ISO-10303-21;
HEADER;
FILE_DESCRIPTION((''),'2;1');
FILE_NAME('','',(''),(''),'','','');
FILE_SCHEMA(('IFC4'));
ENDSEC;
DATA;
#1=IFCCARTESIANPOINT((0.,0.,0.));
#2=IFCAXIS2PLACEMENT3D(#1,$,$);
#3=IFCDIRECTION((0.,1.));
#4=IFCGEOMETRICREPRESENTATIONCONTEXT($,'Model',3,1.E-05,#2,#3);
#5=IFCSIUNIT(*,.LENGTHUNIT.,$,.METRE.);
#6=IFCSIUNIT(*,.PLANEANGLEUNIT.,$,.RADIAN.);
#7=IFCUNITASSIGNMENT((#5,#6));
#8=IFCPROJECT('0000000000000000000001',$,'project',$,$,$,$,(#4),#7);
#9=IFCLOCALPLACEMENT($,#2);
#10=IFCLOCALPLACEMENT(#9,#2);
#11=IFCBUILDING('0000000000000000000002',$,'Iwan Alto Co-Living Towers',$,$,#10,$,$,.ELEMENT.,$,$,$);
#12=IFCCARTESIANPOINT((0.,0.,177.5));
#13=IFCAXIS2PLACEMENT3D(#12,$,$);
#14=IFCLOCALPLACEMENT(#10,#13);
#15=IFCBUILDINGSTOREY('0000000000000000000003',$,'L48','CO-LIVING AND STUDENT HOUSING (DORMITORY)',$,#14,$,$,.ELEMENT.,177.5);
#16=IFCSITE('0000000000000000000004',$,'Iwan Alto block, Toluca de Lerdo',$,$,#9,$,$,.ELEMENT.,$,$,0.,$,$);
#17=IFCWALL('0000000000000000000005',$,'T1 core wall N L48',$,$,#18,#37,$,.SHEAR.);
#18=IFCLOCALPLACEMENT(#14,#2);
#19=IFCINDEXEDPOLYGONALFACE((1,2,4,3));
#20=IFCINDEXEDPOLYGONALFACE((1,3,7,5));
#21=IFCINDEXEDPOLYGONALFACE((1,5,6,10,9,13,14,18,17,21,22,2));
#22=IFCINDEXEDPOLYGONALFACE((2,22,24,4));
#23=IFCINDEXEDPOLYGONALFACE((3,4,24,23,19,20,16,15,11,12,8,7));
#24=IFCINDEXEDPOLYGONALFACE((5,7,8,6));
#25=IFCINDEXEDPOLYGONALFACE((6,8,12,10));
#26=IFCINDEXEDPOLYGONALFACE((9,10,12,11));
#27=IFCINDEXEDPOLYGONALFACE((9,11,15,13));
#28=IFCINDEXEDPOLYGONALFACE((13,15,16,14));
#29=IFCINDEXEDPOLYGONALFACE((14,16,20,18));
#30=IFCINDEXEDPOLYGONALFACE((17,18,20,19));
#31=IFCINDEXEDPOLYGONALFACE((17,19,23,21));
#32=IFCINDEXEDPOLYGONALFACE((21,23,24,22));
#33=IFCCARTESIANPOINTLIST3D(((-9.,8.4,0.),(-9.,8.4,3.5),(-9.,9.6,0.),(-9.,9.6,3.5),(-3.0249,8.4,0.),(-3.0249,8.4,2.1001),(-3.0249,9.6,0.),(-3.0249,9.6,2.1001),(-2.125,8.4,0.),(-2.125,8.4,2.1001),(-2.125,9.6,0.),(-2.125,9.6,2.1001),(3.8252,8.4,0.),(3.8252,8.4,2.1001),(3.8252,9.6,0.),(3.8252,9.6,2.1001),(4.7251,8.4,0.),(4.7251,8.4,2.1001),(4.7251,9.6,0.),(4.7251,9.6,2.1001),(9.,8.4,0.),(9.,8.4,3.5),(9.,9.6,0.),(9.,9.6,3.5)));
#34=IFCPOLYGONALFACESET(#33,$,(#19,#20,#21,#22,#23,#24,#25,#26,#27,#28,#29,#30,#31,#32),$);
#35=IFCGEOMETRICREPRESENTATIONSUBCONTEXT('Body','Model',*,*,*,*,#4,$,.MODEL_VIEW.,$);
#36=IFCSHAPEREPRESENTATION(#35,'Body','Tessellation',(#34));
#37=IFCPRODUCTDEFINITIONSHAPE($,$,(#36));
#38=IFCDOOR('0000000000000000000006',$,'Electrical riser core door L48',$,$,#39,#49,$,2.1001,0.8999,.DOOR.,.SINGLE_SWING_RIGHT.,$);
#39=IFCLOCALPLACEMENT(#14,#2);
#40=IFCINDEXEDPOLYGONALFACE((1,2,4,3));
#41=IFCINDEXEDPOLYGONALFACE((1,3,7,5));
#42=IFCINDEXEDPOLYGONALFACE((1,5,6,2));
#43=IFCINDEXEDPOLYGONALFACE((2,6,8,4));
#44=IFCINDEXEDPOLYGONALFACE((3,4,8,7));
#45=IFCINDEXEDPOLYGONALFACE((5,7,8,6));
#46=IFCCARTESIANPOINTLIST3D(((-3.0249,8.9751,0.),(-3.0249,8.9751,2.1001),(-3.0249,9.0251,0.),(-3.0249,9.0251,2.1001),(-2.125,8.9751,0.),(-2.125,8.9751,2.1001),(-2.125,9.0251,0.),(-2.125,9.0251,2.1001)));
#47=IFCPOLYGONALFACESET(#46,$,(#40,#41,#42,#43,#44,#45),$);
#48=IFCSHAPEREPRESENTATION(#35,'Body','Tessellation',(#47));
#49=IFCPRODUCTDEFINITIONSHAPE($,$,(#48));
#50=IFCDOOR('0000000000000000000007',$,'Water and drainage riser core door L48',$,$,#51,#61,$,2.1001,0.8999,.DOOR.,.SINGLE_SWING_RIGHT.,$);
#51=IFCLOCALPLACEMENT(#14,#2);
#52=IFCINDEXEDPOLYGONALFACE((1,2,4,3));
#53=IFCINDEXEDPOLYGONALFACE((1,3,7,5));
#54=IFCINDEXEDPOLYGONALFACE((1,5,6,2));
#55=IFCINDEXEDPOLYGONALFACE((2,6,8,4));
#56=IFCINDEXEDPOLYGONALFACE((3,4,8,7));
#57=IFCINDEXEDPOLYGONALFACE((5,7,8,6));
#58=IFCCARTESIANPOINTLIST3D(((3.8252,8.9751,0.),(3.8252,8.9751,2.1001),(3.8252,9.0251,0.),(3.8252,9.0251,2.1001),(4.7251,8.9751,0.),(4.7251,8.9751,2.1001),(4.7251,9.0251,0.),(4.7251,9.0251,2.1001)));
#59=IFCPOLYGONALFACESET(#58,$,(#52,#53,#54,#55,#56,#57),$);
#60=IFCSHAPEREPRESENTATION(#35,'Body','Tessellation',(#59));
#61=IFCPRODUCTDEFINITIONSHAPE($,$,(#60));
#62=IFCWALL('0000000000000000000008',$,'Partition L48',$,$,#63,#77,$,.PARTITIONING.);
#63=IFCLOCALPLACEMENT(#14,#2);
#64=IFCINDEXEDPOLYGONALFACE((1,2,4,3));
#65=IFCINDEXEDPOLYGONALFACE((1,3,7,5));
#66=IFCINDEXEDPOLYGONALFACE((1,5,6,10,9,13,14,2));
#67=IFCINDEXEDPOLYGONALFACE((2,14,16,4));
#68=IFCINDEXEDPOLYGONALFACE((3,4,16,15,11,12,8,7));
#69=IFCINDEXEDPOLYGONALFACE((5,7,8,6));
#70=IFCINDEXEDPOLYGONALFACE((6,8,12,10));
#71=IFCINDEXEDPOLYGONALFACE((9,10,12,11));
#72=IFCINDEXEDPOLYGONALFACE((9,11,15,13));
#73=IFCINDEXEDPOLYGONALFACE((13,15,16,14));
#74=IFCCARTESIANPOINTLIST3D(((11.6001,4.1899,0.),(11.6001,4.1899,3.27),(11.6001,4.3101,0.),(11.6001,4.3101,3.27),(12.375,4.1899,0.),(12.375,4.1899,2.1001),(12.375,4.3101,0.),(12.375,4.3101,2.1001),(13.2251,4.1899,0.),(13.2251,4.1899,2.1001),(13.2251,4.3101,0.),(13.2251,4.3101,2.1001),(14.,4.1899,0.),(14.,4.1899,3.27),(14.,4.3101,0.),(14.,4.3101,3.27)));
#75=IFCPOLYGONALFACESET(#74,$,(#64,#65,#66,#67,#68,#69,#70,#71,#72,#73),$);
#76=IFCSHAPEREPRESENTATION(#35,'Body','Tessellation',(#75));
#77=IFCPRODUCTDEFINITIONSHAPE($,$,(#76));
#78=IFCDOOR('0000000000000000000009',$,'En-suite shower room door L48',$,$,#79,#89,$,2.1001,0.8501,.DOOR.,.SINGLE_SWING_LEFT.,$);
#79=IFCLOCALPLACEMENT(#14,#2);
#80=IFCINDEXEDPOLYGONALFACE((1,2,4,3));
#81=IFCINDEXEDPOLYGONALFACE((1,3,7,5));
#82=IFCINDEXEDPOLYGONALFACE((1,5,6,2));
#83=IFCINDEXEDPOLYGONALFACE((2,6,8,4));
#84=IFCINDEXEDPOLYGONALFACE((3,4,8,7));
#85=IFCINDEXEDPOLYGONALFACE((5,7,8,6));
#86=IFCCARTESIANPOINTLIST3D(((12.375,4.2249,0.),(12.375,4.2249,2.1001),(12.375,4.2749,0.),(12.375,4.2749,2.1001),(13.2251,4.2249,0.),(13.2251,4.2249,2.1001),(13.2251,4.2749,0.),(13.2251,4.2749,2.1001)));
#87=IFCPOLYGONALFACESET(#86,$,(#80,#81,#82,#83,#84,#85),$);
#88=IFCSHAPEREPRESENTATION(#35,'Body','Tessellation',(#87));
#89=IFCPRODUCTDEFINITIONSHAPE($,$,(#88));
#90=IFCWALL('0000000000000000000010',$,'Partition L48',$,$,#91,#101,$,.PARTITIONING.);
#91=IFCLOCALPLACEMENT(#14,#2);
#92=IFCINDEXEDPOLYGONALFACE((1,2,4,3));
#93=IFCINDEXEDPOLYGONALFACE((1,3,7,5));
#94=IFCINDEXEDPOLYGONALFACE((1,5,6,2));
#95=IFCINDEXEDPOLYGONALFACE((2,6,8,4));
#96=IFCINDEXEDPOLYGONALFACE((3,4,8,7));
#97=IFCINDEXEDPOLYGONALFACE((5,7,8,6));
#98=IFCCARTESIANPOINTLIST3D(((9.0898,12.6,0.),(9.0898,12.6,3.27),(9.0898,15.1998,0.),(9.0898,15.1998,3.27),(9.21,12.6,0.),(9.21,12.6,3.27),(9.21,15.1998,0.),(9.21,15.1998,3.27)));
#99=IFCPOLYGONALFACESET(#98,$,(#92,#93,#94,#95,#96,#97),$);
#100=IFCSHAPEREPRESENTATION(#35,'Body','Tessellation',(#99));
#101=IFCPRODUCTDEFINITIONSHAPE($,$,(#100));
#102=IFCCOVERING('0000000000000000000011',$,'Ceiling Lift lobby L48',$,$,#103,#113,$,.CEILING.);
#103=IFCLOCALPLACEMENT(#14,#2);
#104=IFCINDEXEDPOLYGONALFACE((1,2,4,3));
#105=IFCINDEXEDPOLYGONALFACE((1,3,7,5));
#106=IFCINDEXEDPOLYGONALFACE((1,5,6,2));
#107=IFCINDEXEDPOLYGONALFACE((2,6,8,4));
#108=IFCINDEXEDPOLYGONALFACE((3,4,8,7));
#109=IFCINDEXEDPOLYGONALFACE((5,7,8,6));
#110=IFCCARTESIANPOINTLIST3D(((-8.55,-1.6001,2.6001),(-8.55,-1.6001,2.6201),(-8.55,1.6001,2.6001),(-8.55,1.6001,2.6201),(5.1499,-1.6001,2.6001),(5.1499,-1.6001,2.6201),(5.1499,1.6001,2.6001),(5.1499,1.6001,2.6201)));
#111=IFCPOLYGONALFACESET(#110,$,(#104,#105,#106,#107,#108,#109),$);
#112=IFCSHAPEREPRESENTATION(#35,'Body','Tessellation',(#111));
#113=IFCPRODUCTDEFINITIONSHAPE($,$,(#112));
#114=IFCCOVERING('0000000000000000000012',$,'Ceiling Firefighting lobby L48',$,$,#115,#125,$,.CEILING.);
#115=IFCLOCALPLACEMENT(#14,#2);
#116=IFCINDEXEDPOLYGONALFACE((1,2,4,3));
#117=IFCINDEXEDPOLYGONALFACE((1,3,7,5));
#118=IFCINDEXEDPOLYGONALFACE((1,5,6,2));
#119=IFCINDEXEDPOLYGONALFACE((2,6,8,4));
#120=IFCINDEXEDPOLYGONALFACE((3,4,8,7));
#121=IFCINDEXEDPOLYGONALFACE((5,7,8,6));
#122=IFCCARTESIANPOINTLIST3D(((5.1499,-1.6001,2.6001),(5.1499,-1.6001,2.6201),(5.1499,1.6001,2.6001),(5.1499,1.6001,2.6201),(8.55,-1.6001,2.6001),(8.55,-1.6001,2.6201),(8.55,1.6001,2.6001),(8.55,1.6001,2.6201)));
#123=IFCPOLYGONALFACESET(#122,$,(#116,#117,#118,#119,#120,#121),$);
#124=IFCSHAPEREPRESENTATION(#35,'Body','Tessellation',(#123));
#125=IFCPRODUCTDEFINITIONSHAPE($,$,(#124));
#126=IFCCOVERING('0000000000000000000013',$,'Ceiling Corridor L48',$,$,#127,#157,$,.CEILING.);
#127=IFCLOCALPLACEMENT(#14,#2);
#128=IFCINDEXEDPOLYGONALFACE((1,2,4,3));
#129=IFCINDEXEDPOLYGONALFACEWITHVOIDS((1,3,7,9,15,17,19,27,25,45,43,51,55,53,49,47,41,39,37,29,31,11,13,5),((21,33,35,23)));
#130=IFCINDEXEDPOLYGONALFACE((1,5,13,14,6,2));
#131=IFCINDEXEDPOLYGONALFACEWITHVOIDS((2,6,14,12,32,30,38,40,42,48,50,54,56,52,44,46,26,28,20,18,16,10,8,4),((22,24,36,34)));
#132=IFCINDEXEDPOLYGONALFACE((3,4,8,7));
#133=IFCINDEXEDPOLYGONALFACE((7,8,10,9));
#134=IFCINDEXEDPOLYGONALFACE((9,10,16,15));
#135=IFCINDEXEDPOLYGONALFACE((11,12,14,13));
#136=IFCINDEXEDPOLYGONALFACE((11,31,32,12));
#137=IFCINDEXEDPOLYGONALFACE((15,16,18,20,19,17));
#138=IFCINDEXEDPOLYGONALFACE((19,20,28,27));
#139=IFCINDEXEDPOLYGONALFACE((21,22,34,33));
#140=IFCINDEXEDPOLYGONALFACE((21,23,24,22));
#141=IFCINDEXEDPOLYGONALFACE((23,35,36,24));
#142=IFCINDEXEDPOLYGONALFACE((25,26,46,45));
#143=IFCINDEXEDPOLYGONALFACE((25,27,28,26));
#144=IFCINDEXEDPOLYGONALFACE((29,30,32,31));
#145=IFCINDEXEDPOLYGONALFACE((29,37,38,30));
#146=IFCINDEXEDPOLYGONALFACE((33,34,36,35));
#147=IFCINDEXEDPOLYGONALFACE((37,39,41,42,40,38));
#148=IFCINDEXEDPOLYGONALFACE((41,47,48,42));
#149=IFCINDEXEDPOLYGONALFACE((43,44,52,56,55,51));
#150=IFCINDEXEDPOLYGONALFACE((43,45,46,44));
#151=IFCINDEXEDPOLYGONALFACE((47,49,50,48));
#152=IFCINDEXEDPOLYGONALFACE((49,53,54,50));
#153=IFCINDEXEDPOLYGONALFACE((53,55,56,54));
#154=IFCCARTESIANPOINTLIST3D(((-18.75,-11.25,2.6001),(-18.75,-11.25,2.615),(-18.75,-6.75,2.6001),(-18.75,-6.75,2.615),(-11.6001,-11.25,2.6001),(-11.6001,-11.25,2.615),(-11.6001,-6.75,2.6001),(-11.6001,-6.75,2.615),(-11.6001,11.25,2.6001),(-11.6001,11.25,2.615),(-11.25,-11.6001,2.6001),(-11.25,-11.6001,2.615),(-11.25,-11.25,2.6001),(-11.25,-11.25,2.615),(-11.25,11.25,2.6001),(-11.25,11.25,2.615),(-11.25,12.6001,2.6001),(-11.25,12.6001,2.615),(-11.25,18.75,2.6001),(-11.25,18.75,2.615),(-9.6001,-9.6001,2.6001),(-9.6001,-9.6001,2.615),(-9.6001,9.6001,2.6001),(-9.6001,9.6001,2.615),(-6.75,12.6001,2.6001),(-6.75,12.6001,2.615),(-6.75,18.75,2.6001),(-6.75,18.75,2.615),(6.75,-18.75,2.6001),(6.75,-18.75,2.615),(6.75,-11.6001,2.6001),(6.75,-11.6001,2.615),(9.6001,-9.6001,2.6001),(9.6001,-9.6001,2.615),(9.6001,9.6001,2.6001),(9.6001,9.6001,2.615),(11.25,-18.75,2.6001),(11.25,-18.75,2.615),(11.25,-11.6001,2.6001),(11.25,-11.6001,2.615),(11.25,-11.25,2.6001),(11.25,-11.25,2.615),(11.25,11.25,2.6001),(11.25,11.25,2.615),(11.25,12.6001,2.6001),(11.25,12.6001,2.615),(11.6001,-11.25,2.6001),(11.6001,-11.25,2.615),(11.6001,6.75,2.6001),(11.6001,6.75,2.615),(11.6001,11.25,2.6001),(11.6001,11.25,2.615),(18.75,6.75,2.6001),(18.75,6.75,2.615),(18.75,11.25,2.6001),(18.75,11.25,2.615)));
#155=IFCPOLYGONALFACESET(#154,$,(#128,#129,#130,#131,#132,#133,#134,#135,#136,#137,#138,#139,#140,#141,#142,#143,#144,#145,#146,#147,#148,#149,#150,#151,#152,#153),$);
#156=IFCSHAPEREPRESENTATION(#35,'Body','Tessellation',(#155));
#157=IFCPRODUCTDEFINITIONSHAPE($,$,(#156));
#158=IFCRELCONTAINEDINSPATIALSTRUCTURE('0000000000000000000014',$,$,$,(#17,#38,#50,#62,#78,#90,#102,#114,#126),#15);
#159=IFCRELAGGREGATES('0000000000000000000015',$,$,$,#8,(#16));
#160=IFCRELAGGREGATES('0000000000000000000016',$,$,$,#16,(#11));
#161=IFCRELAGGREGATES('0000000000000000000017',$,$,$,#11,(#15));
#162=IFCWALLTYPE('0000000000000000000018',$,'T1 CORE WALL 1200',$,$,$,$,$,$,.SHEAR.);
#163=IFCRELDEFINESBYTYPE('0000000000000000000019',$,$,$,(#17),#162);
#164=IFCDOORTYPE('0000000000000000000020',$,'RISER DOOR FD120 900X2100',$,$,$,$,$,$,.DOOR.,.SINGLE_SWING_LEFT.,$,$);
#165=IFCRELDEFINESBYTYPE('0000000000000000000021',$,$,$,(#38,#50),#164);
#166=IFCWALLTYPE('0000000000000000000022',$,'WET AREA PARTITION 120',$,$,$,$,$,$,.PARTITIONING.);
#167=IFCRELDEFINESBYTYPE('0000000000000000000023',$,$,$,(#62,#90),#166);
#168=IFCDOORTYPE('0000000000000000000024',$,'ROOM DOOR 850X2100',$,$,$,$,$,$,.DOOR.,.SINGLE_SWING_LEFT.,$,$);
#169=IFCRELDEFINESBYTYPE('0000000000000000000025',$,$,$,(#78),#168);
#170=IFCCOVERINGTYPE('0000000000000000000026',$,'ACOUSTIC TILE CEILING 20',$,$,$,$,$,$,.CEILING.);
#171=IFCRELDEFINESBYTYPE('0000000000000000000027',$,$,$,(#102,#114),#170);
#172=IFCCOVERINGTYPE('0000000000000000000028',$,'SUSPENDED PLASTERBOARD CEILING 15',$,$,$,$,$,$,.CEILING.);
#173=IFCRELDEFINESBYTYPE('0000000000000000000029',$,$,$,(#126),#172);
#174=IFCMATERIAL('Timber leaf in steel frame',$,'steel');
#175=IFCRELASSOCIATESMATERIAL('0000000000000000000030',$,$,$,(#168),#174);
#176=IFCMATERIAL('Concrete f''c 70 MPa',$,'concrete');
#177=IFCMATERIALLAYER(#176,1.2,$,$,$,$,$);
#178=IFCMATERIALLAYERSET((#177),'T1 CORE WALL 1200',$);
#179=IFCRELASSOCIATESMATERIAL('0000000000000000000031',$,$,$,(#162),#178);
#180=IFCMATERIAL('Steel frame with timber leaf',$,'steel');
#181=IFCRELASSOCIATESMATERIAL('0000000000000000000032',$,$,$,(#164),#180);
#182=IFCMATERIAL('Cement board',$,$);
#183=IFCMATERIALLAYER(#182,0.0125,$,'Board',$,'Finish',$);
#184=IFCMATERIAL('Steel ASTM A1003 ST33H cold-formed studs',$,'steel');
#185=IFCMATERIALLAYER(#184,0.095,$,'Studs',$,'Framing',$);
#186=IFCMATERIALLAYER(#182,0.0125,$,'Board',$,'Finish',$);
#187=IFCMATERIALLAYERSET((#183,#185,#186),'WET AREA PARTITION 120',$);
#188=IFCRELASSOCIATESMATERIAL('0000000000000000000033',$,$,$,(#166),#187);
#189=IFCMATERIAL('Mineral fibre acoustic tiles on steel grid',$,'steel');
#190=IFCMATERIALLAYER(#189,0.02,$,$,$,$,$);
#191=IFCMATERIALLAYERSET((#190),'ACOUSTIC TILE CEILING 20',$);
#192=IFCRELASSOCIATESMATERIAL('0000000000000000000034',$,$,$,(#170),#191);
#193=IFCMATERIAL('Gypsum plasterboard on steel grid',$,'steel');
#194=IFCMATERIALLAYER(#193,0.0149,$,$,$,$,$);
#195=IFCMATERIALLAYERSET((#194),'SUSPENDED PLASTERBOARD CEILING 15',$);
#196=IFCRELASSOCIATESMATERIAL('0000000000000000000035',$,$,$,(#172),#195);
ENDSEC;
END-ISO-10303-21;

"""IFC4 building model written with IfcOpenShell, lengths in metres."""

from ifc_helpers import new_model, si_unit, direction, frame, frame_2d, origin, place, context, subcontext, project, spatial, polyline, rectangle, outline, extrude, material, layer, layer_set, type_object, element, fill, save


model = new_model("IFC4")

# Units and contexts
model_context = context("Model", 3, precision=1e-05, world=origin(), true_north=direction((0.0, 1.0)))
body_context = subcontext(model_context, "Body", "Model", "MODEL_VIEW")
ifc_project = project(units=[si_unit("LENGTHUNIT", "METRE"), si_unit("PLANEANGLEUNIT", "RADIAN")], contexts=[model_context])

# Site, building, storey
site_placement = place(None, origin())
site = spatial("IfcSite", under=ifc_project, at=site_placement, Name="Iwan Alto block, Toluca de Lerdo", CompositionType="ELEMENT", RefElevation=0.0)
building_placement = place(site_placement, origin())
building = spatial("IfcBuilding", under=site, at=building_placement, Name="Iwan Alto Co-Living Towers", CompositionType="ELEMENT")
storey_placement = place(building_placement, frame((0.0, 0.0, 177.5)))
storey = spatial("IfcBuildingStorey", under=building, at=storey_placement, Name="L48", Description="CO-LIVING AND STUDENT HOUSING (DORMITORY)", CompositionType="ELEMENT", Elevation=177.5)

# Shared definitions
ifc_material_1 = material(Name="Steel ASTM A1003 ST33H cold-formed studs", Category="steel")

# Shared definitions
ifc_material_2 = material(Name="Timber leaf in steel frame", Category="steel")
door_type_1 = type_object("IfcDoorType", Name="ROOM DOOR 850X2100", OperationType="SINGLE_SWING_LEFT", PredefinedType="DOOR", material=ifc_material_2)

# Wall, openings, doors
ifc_material_3 = material(Name="Concrete f'c 70 MPa", Category="concrete")
ifc_layer_1 = layer(ifc_material_3, 1.2)
ifc_layer_set_1 = layer_set([ifc_layer_1], Name="T1 CORE WALL 1200")
wall_type_1 = type_object("IfcWallType", Name="T1 CORE WALL 1200", PredefinedType="SHEAR", material=ifc_layer_set_1)
wall_1_placement = place(storey_placement, frame((9.0, 9.0, 0.0), z_axis=(0.0, 0.0, 1.0), x_axis=(-1.0, 0.0, 0.0)))
wall_1 = element("IfcWall", 1, at=wall_1_placement, inside=storey, type_object=wall_type_1, Name="T1 core wall N L48", PredefinedType="SHEAR", context=body_context, shape_type="SweptSolid", body=[
    extrude(rectangle(XDim=18.0, YDim=1.2, at=frame_2d((9.0, 0.0))), origin(), (0.0, 0.0, 1.0), 3.5),
])
opening_1_placement = place(wall_1_placement, frame((11.125, 0.0, 0.0)))
opening_1 = element("IfcOpeningElement", 2, at=opening_1_placement, cuts=wall_1, PredefinedType="OPENING", context=body_context, shape_type="SweptSolid", body=[
    extrude(rectangle(XDim=0.8999, YDim=2.1001, at=frame_2d((0.45, 1.05))), frame((0.0, 0.6099, 0.0), z_axis=(0.0, -1.0, 0.0), x_axis=(1.0, 0.0, 0.0)), (0.0, 0.0, 1.0), 1.22),
])
opening_2_placement = place(wall_1_placement, frame((4.2749, 0.0, 0.0)))
opening_2 = element("IfcOpeningElement", 3, at=opening_2_placement, cuts=wall_1, PredefinedType="OPENING", context=body_context, shape_type="SweptSolid", body=[
    extrude(rectangle(XDim=0.8999, YDim=2.1001, at=frame_2d((0.45, 1.05))), frame((0.0, 0.6099, 0.0), z_axis=(0.0, -1.0, 0.0), x_axis=(1.0, 0.0, 0.0)), (0.0, 0.0, 1.0), 1.22),
])
ifc_material_4 = material(Name="Steel frame with timber leaf", Category="steel")
door_type_2 = type_object("IfcDoorType", Name="RISER DOOR FD120 900X2100", OperationType="SINGLE_SWING_LEFT", PredefinedType="DOOR", material=ifc_material_4)
door_1_placement = place(opening_1_placement, origin())
door_1 = element("IfcDoor", 4, at=door_1_placement, inside=storey, type_object=door_type_2, Name="Electrical riser core door L48", OperationType="SINGLE_SWING_RIGHT", OverallHeight=2.1001, OverallWidth=0.8999, PredefinedType="DOOR", context=body_context, shape_type="SweptSolid", body=[
    extrude(rectangle(XDim=0.8999, YDim=2.1001, at=frame_2d((0.45, 1.05))), frame((0.0, 0.0249, 0.0), z_axis=(0.0, -1.0, 0.0), x_axis=(1.0, 0.0, 0.0)), (0.0, 0.0, 1.0), 0.05),
])
fill(opening_1, door_1)
door_2_placement = place(opening_2_placement, origin())
door_2 = element("IfcDoor", 5, at=door_2_placement, inside=storey, type_object=door_type_2, Name="Water and drainage riser core door L48", OperationType="SINGLE_SWING_RIGHT", OverallHeight=2.1001, OverallWidth=0.8999, PredefinedType="DOOR", context=body_context, shape_type="SweptSolid", body=[
    extrude(rectangle(XDim=0.8999, YDim=2.1001, at=frame_2d((0.45, 1.05))), frame((0.0, 0.0249, 0.0), z_axis=(0.0, -1.0, 0.0), x_axis=(1.0, 0.0, 0.0)), (0.0, 0.0, 1.0), 0.05),
])
fill(opening_2, door_2)

# Wall, opening, door
ifc_material_5 = material(Name="Cement board")
ifc_layer_2 = layer(ifc_material_5, 0.0125, Name="Board", Category="Finish")
ifc_layer_3 = layer(ifc_material_1, 0.095, Name="Studs", Category="Framing")
ifc_layer_4 = layer(ifc_material_5, 0.0125, Name="Board", Category="Finish")
ifc_layer_set_2 = layer_set([ifc_layer_2, ifc_layer_3, ifc_layer_4], Name="WET AREA PARTITION 120")
wall_type_2 = type_object("IfcWallType", Name="WET AREA PARTITION 120", PredefinedType="PARTITIONING", material=ifc_layer_set_2)
wall_2_placement = place(storey_placement, frame((11.6001, 4.25, 0.0), z_axis=(0.0, 0.0, 1.0), x_axis=(1.0, 0.0, 0.0)))
wall_2 = element("IfcWall", 6, at=wall_2_placement, inside=storey, type_object=wall_type_2, Name="Partition L48", PredefinedType="PARTITIONING", context=body_context, shape_type="SweptSolid", body=[
    extrude(rectangle(XDim=2.3999, YDim=0.1201, at=frame_2d((1.2, 0.0))), origin(), (0.0, 0.0, 1.0), 3.27),
])
opening_3_placement = place(wall_2_placement, frame((0.7749, 0.0, 0.0)))
opening_3 = element("IfcOpeningElement", 7, at=opening_3_placement, cuts=wall_2, PredefinedType="OPENING", context=body_context, shape_type="SweptSolid", body=[
    extrude(rectangle(XDim=0.8501, YDim=2.1001, at=frame_2d((0.425, 1.05))), frame((0.0, 0.0701, 0.0), z_axis=(0.0, -1.0, 0.0), x_axis=(1.0, 0.0, 0.0)), (0.0, 0.0, 1.0), 0.1401),
])
door_3_placement = place(opening_3_placement, origin())
door_3 = element("IfcDoor", 8, at=door_3_placement, inside=storey, type_object=door_type_1, Name="En-suite shower room door L48", OperationType="SINGLE_SWING_LEFT", OverallHeight=2.1001, OverallWidth=0.8501, PredefinedType="DOOR", context=body_context, shape_type="SweptSolid", body=[
    extrude(rectangle(XDim=0.8501, YDim=2.1001, at=frame_2d((0.425, 1.05))), frame((0.0, 0.0249, 0.0), z_axis=(0.0, -1.0, 0.0), x_axis=(1.0, 0.0, 0.0)), (0.0, 0.0, 1.0), 0.05),
])
fill(opening_3, door_3)

# Wall
wall_3_placement = place(storey_placement, frame((9.1499, 12.6001, 0.0), z_axis=(0.0, 0.0, 1.0), x_axis=(0.0, 1.0, 0.0)))
element("IfcWall", 9, at=wall_3_placement, inside=storey, type_object=wall_type_2, Name="Partition L48", PredefinedType="PARTITIONING", context=body_context, shape_type="SweptSolid", body=[
    extrude(rectangle(XDim=2.5999, YDim=0.1201, at=frame_2d((1.2998, 0.0))), origin(), (0.0, 0.0, 1.0), 3.27),
])

# Coverings
ifc_material_6 = material(Name="Mineral fibre acoustic tiles on steel grid", Category="steel")
ifc_layer_5 = layer(ifc_material_6, 0.02)
ifc_layer_set_3 = layer_set([ifc_layer_5], Name="ACOUSTIC TILE CEILING 20")
covering_type_1 = type_object("IfcCoveringType", Name="ACOUSTIC TILE CEILING 20", PredefinedType="CEILING", material=ifc_layer_set_3)
covering_1_placement = place(storey_placement, frame((0.0, 0.0, 2.6001)))
element("IfcCovering", 10, at=covering_1_placement, inside=storey, type_object=covering_type_1, Name="Ceiling Lift lobby L48", PredefinedType="CEILING", context=body_context, shape_type="SweptSolid", body=[
    extrude(outline(polyline([(-8.55, -1.6001), (-8.55, 1.6001), (5.1499, 1.6001), (5.1499, -1.6001), (-8.55, -1.6001)])), origin(), (0.0, 0.0, 1.0), 0.02),
])
covering_2_placement = place(storey_placement, frame((0.0, 0.0, 2.6001)))
element("IfcCovering", 11, at=covering_2_placement, inside=storey, type_object=covering_type_1, Name="Ceiling Firefighting lobby L48", PredefinedType="CEILING", context=body_context, shape_type="SweptSolid", body=[
    extrude(outline(polyline([(5.1499, -1.6001), (5.1499, 1.6001), (8.55, 1.6001), (8.55, -1.6001), (5.1499, -1.6001)])), origin(), (0.0, 0.0, 1.0), 0.02),
])
ifc_material_7 = material(Name="Gypsum plasterboard on steel grid", Category="steel")
ifc_layer_6 = layer(ifc_material_7, 0.0149)
ifc_layer_set_4 = layer_set([ifc_layer_6], Name="SUSPENDED PLASTERBOARD CEILING 15")
covering_type_2 = type_object("IfcCoveringType", Name="SUSPENDED PLASTERBOARD CEILING 15", PredefinedType="CEILING", material=ifc_layer_set_4)
covering_3_placement = place(storey_placement, frame((0.0, 0.0, 2.6001)))
element("IfcCovering", 12, at=covering_3_placement, inside=storey, type_object=covering_type_2, Name="Ceiling Corridor L48", PredefinedType="CEILING", context=body_context, shape_type="SweptSolid", body=[
    extrude(outline(polyline([(-18.75, -11.25), (-18.75, -6.75), (-11.6001, -6.75), (-11.6001, 11.25), (-11.25, 11.25), (-11.25, 12.6001), (-11.25, 18.75), (-6.75, 18.75), (-6.75, 12.6001), (11.25, 12.6001), (11.25, 11.25), (11.6001, 11.25), (18.75, 11.25), (18.75, 6.75), (11.6001, 6.75), (11.6001, -11.25), (11.25, -11.25), (11.25, -11.6001), (11.25, -18.75), (6.75, -18.75), (6.75, -11.6001), (-11.25, -11.6001), (-11.25, -11.25), (-11.6001, -11.25), (-18.75, -11.25)]), holes=[polyline([(9.6001, 9.6001), (-9.6001, 9.6001), (-9.6001, -9.6001), (9.6001, -9.6001), (9.6001, 9.6001)])]), origin(), (0.0, 0.0, 1.0), 0.0149),
])

save(model, "model.ifc")
